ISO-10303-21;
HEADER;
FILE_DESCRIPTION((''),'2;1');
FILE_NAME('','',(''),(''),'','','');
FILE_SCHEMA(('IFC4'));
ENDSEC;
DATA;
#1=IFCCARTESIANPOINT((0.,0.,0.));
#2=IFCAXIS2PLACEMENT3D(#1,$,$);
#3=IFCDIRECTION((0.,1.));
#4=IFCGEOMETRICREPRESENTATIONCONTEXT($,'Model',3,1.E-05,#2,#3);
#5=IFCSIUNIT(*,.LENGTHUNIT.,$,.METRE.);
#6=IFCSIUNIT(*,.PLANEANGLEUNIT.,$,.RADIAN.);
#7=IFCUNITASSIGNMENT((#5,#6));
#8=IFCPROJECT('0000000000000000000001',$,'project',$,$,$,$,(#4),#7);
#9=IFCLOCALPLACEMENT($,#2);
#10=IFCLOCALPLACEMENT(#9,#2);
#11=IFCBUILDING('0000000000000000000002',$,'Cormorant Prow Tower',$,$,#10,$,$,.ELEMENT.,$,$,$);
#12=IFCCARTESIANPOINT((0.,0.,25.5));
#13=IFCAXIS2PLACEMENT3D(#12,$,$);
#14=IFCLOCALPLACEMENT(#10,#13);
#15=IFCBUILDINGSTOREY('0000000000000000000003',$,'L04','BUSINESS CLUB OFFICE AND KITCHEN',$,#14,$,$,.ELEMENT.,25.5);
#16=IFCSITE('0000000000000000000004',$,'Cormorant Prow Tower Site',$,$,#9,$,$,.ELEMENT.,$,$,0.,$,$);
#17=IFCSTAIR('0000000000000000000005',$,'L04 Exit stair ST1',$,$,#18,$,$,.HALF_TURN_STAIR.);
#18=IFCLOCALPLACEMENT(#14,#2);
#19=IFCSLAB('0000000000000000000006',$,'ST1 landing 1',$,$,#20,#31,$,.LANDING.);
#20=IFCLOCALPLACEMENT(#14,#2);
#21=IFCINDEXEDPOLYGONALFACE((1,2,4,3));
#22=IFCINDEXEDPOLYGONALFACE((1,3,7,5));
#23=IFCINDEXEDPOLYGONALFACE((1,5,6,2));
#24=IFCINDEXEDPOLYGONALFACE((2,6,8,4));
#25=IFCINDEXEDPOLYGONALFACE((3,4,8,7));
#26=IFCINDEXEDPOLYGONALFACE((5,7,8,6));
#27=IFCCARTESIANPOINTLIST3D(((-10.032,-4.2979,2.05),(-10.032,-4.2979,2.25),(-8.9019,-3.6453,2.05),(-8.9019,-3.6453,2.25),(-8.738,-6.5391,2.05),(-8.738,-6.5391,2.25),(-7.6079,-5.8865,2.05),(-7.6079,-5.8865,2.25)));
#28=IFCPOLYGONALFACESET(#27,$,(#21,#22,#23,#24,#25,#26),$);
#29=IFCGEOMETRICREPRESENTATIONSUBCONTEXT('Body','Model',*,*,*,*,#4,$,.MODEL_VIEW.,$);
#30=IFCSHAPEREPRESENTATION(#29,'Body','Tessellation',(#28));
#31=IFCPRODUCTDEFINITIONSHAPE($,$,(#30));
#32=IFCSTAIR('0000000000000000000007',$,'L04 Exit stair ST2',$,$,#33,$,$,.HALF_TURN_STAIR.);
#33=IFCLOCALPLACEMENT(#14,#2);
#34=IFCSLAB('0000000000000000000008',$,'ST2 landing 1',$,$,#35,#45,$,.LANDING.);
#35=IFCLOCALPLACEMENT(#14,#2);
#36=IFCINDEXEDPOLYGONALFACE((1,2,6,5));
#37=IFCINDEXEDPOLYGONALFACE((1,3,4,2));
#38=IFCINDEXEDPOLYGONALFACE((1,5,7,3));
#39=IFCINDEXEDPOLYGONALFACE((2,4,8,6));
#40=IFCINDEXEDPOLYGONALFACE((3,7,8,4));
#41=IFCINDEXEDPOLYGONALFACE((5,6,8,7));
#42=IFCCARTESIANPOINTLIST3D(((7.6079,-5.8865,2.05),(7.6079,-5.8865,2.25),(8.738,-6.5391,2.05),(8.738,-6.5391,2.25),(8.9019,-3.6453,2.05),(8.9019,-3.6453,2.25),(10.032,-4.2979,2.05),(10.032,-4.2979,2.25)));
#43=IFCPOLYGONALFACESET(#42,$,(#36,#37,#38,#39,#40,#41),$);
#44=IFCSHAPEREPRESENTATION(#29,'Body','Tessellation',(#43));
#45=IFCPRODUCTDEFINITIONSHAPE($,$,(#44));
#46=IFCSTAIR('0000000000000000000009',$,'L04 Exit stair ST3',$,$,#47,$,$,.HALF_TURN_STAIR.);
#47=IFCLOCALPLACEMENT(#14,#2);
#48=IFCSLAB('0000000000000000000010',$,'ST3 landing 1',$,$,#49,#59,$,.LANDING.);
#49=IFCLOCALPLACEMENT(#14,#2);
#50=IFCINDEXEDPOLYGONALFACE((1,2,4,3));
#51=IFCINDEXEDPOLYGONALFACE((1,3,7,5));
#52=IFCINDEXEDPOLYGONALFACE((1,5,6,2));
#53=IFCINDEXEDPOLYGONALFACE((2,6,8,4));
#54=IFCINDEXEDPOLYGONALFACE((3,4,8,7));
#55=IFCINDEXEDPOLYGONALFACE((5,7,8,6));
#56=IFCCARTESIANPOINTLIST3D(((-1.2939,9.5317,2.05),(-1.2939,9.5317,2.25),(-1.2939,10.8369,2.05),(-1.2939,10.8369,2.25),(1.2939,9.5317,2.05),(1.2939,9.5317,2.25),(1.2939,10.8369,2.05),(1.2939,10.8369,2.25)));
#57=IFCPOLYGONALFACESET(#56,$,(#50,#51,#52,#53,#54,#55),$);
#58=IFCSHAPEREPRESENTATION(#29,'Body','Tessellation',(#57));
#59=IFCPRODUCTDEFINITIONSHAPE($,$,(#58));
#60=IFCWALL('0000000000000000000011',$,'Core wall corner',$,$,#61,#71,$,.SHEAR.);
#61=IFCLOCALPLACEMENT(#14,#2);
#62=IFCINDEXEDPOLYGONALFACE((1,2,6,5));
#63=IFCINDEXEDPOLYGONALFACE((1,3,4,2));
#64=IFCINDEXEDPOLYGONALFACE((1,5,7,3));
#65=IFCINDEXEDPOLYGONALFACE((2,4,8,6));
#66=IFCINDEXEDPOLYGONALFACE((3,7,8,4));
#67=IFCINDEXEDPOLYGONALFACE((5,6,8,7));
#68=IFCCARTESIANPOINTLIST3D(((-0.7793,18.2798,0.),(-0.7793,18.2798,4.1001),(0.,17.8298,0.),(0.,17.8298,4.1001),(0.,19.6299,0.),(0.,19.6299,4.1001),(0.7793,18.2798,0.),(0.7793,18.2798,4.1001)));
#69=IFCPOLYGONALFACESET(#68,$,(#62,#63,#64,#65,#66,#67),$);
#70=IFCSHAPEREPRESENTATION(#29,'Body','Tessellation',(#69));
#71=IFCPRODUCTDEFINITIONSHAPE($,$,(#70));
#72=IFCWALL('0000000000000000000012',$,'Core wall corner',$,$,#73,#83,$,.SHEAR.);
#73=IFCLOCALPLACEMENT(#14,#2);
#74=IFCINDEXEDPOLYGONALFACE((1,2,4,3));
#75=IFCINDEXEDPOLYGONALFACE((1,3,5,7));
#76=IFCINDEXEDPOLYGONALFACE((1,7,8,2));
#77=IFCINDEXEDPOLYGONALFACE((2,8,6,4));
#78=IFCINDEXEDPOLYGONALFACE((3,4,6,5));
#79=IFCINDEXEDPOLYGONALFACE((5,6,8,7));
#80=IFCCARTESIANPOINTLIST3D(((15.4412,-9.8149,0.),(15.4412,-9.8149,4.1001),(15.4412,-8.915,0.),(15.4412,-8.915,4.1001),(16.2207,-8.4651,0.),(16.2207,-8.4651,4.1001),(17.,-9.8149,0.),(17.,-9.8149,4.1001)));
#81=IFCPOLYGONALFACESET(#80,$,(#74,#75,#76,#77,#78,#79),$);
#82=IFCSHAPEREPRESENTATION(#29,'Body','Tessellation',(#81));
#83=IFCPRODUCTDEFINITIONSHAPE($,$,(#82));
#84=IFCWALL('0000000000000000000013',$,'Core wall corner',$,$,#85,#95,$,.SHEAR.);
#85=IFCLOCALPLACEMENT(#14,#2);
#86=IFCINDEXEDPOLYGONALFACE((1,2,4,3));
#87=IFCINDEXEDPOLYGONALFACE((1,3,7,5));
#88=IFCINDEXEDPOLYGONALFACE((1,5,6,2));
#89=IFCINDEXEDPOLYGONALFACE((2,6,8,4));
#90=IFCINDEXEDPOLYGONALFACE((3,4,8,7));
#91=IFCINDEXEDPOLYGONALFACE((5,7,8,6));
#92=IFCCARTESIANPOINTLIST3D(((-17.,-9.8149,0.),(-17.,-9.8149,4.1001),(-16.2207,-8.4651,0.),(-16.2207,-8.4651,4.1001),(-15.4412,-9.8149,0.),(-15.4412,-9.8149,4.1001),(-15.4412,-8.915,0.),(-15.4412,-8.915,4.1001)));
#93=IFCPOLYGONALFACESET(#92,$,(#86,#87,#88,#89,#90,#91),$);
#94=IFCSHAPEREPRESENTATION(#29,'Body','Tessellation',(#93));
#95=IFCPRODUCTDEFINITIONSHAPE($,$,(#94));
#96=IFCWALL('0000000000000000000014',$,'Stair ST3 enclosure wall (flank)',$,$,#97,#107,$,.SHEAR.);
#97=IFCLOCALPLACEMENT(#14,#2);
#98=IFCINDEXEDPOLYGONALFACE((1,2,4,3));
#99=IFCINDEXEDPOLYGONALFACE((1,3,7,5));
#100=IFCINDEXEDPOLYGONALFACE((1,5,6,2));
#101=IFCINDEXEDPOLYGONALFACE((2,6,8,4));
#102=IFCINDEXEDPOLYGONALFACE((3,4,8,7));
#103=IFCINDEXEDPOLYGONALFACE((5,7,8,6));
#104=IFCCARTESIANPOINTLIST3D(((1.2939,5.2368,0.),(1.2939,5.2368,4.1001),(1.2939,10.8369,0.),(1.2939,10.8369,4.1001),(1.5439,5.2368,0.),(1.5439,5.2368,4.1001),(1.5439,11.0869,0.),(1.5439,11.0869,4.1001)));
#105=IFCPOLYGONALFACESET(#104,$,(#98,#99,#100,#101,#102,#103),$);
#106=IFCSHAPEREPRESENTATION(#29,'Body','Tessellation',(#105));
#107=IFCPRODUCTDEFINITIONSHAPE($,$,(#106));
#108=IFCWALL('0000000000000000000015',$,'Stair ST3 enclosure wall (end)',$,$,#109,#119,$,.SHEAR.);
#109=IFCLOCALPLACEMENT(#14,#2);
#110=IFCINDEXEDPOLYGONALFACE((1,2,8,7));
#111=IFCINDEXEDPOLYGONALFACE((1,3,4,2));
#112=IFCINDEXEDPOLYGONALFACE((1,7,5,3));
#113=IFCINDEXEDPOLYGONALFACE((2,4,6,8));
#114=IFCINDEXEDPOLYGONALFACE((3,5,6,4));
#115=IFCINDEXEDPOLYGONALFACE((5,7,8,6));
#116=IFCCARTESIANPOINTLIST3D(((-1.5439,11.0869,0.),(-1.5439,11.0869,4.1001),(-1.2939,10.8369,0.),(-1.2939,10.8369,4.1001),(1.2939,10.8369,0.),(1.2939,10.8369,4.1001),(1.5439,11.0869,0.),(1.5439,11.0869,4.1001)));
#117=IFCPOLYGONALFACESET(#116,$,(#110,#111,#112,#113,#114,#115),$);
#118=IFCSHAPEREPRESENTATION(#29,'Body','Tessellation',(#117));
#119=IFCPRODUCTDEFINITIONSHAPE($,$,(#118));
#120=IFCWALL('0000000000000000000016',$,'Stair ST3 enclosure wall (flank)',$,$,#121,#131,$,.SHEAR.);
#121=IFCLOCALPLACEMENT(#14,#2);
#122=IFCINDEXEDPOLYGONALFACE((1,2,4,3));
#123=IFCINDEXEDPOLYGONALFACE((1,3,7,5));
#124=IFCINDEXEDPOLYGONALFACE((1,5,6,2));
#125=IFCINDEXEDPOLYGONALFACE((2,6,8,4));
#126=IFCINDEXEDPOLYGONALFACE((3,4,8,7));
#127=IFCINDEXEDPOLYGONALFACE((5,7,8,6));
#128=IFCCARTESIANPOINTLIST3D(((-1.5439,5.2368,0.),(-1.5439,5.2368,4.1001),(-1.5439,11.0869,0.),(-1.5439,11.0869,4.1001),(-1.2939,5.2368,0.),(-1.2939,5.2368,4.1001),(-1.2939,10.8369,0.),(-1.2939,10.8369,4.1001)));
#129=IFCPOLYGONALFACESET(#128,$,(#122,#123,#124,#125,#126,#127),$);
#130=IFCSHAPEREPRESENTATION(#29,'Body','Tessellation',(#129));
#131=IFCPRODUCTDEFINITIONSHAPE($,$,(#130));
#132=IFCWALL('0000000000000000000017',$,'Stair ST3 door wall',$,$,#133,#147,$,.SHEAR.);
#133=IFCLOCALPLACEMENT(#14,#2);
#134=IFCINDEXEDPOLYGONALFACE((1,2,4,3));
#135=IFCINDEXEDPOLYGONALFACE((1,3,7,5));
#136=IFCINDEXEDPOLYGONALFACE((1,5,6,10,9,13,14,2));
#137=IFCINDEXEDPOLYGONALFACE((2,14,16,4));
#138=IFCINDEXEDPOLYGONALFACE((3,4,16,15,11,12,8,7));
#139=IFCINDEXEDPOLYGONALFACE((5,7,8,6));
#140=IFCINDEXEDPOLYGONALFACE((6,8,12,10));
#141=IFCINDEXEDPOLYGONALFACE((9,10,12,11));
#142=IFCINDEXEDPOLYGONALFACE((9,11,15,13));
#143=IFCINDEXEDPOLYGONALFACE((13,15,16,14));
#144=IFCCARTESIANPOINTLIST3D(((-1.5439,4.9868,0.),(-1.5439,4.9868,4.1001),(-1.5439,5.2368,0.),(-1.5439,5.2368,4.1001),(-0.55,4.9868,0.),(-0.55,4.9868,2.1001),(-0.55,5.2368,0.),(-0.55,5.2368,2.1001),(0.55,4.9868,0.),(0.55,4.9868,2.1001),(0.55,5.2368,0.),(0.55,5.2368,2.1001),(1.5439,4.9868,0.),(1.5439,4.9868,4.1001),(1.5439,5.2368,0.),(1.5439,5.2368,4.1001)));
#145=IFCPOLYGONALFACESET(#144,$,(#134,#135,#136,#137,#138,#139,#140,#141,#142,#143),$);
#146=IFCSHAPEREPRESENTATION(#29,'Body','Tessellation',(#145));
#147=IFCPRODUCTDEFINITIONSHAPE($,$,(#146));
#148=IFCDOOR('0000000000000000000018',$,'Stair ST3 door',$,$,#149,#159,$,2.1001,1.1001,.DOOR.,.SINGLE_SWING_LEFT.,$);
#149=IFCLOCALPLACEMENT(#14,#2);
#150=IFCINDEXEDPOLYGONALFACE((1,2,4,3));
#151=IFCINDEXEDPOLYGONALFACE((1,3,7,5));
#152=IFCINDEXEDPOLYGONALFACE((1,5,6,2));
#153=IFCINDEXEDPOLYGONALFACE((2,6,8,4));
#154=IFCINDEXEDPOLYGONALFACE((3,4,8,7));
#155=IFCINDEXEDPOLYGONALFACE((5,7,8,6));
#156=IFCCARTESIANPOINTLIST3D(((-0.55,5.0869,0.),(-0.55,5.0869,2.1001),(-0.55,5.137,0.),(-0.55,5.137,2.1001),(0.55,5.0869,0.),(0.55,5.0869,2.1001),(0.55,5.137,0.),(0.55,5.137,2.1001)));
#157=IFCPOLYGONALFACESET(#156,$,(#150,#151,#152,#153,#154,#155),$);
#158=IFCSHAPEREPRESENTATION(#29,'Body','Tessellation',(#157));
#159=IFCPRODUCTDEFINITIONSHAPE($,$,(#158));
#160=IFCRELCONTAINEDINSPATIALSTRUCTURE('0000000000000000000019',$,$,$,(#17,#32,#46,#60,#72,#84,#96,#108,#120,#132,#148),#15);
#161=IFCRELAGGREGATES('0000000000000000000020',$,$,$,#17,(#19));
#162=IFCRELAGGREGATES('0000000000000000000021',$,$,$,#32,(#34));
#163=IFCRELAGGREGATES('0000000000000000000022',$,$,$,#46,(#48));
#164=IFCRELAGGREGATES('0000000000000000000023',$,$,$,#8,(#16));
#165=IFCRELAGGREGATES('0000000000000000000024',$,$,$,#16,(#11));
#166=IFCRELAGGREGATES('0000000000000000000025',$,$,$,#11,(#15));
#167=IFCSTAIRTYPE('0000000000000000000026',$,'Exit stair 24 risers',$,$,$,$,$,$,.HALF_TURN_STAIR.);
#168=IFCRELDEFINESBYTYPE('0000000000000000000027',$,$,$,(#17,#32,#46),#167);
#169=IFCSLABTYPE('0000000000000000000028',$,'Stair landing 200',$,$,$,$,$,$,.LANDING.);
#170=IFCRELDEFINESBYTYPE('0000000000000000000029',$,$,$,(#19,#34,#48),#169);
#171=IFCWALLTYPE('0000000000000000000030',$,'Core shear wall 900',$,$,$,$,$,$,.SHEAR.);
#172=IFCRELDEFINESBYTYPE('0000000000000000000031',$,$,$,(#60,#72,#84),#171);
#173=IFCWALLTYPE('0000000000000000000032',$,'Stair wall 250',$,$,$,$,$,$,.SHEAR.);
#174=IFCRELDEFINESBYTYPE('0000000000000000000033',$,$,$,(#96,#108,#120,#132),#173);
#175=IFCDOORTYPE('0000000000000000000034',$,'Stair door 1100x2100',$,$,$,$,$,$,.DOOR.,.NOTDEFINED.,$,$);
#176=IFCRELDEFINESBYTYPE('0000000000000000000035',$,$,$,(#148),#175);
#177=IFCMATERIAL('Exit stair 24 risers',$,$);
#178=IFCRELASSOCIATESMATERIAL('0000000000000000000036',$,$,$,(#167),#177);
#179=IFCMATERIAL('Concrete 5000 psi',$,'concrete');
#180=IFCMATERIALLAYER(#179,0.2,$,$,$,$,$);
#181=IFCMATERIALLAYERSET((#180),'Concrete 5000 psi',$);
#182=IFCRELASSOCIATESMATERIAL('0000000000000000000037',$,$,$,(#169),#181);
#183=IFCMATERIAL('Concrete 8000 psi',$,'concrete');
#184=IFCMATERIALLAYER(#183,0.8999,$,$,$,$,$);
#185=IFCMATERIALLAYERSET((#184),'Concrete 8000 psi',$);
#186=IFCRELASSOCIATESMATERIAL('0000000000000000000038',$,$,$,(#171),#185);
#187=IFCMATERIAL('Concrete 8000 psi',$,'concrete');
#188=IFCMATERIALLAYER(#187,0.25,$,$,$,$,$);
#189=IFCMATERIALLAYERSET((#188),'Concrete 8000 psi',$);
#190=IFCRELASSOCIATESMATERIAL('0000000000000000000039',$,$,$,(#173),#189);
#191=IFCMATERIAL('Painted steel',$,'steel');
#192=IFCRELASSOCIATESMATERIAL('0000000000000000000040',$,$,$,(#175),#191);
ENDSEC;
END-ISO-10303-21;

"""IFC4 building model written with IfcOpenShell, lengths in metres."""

from ifc_helpers import new_model, si_unit, direction, frame, frame_2d, origin, place, context, subcontext, project, spatial, polyline, rectangle, outline, extrude, material, layer, layer_set, type_object, element, fill, aggregate, save


model = new_model("IFC4")

# Units and contexts
model_context = context("Model", 3, precision=1e-05, world=origin(), true_north=direction((0.0, 1.0)))
body_context = subcontext(model_context, "Body", "Model", "MODEL_VIEW")
ifc_project = project(units=[si_unit("LENGTHUNIT", "METRE"), si_unit("PLANEANGLEUNIT", "RADIAN")], contexts=[model_context])

# Site, building, storey
site_placement = place(None, origin())
site = spatial("IfcSite", under=ifc_project, at=site_placement, Name="Cormorant Prow Tower Site", CompositionType="ELEMENT", RefElevation=0.0)
building_placement = place(site_placement, origin())
building = spatial("IfcBuilding", under=site, at=building_placement, Name="Cormorant Prow Tower", CompositionType="ELEMENT")
storey_placement = place(building_placement, frame((0.0, 0.0, 25.5)))
storey = spatial("IfcBuildingStorey", under=building, at=storey_placement, Name="L04", Description="BUSINESS CLUB OFFICE AND KITCHEN", CompositionType="ELEMENT", Elevation=25.5)

# Stairs, slabs
ifc_material_1 = material(Name="Exit stair 24 risers")
stair_type = type_object("IfcStairType", Name="Exit stair 24 risers", PredefinedType="HALF_TURN_STAIR", material=ifc_material_1)
stair_1_placement = place(storey_placement, origin())
stair_1 = element("IfcStair", 1, at=stair_1_placement, inside=storey, type_object=stair_type, Name="L04 Exit stair ST1", PredefinedType="HALF_TURN_STAIR")
ifc_material_2 = material(Name="Concrete 5000 psi", Category="concrete")
ifc_layer_1 = layer(ifc_material_2, 0.2)
ifc_layer_set_1 = layer_set([ifc_layer_1], Name="Concrete 5000 psi")
slab_type = type_object("IfcSlabType", Name="Stair landing 200", PredefinedType="LANDING", material=ifc_layer_set_1)
slab_1_placement = place(storey_placement, frame((0.0, 0.0, 2.05)))
slab_1 = element("IfcSlab", 2, at=slab_1_placement, type_object=slab_type, Name="ST1 landing 1", PredefinedType="LANDING", context=body_context, shape_type="SweptSolid", body=[
    extrude(outline(polyline([(-8.9019, -3.6453), (-10.032, -4.2979), (-8.738, -6.5391), (-7.6079, -5.8865), (-8.9019, -3.6453)])), origin(), (0.0, 0.0, 1.0), 0.2),
])
aggregate(stair_1, [slab_1])
stair_2_placement = place(storey_placement, origin())
stair_2 = element("IfcStair", 3, at=stair_2_placement, inside=storey, type_object=stair_type, Name="L04 Exit stair ST2", PredefinedType="HALF_TURN_STAIR")
slab_2_placement = place(storey_placement, frame((0.0, 0.0, 2.05)))
slab_2 = element("IfcSlab", 4, at=slab_2_placement, type_object=slab_type, Name="ST2 landing 1", PredefinedType="LANDING", context=body_context, shape_type="SweptSolid", body=[
    extrude(outline(polyline([(7.6079, -5.8865), (8.738, -6.5391), (10.032, -4.2979), (8.9019, -3.6453), (7.6079, -5.8865)])), origin(), (0.0, 0.0, 1.0), 0.2),
])
aggregate(stair_2, [slab_2])
stair_3_placement = place(storey_placement, origin())
stair_3 = element("IfcStair", 5, at=stair_3_placement, inside=storey, type_object=stair_type, Name="L04 Exit stair ST3", PredefinedType="HALF_TURN_STAIR")
slab_3_placement = place(storey_placement, frame((0.0, 0.0, 2.05)))
slab_3 = element("IfcSlab", 6, at=slab_3_placement, type_object=slab_type, Name="ST3 landing 1", PredefinedType="LANDING", context=body_context, shape_type="SweptSolid", body=[
    extrude(outline(polyline([(1.2939, 9.5317), (1.2939, 10.8369), (-1.2939, 10.8369), (-1.2939, 9.5317), (1.2939, 9.5317)])), origin(), (0.0, 0.0, 1.0), 0.2),
])
aggregate(stair_3, [slab_3])

# Walls
ifc_material_3 = material(Name="Concrete 8000 psi", Category="concrete")
ifc_layer_2 = layer(ifc_material_3, 0.8999)
ifc_layer_set_2 = layer_set([ifc_layer_2], Name="Concrete 8000 psi")
wall_type_1 = type_object("IfcWallType", Name="Core shear wall 900", PredefinedType="SHEAR", material=ifc_layer_set_2)
wall_1_placement = place(storey_placement, origin())
element("IfcWall", 7, at=wall_1_placement, inside=storey, type_object=wall_type_1, Name="Core wall corner", PredefinedType="SHEAR", context=body_context, shape_type="SweptSolid", body=[
    extrude(outline(polyline([(-0.7793, 18.2798), (0.0, 19.6299), (0.7793, 18.2798), (0.0, 17.8298), (-0.7793, 18.2798)])), origin(), (0.0, 0.0, 1.0), 4.1001),
])
wall_2_placement = place(storey_placement, origin())
element("IfcWall", 8, at=wall_2_placement, inside=storey, type_object=wall_type_1, Name="Core wall corner", PredefinedType="SHEAR", context=body_context, shape_type="SweptSolid", body=[
    extrude(outline(polyline([(15.4412, -9.8149), (15.4412, -8.915), (16.2207, -8.4651), (17.0, -9.8149), (15.4412, -9.8149)])), origin(), (0.0, 0.0, 1.0), 4.1001),
])
wall_3_placement = place(storey_placement, origin())
element("IfcWall", 9, at=wall_3_placement, inside=storey, type_object=wall_type_1, Name="Core wall corner", PredefinedType="SHEAR", context=body_context, shape_type="SweptSolid", body=[
    extrude(outline(polyline([(-16.2207, -8.4651), (-15.4412, -8.915), (-15.4412, -9.8149), (-17.0, -9.8149), (-16.2207, -8.4651)])), origin(), (0.0, 0.0, 1.0), 4.1001),
])
ifc_material_4 = material(Name="Concrete 8000 psi", Category="concrete")
ifc_layer_3 = layer(ifc_material_4, 0.25)
ifc_layer_set_3 = layer_set([ifc_layer_3], Name="Concrete 8000 psi")
wall_type_2 = type_object("IfcWallType", Name="Stair wall 250", PredefinedType="SHEAR", material=ifc_layer_set_3)
wall_4_placement = place(storey_placement, origin())
element("IfcWall", 10, at=wall_4_placement, inside=storey, type_object=wall_type_2, Name="Stair ST3 enclosure wall (flank)", PredefinedType="SHEAR", context=body_context, shape_type="SweptSolid", body=[
    extrude(outline(polyline([(1.5439, 5.2368), (1.5439, 11.0869), (1.2939, 10.8369), (1.2939, 5.2368), (1.5439, 5.2368)])), origin(), (0.0, 0.0, 1.0), 4.1001),
])
wall_5_placement = place(storey_placement, origin())
element("IfcWall", 11, at=wall_5_placement, inside=storey, type_object=wall_type_2, Name="Stair ST3 enclosure wall (end)", PredefinedType="SHEAR", context=body_context, shape_type="SweptSolid", body=[
    extrude(outline(polyline([(1.5439, 11.0869), (-1.5439, 11.0869), (-1.2939, 10.8369), (1.2939, 10.8369), (1.5439, 11.0869)])), origin(), (0.0, 0.0, 1.0), 4.1001),
])
wall_6_placement = place(storey_placement, origin())
element("IfcWall", 12, at=wall_6_placement, inside=storey, type_object=wall_type_2, Name="Stair ST3 enclosure wall (flank)", PredefinedType="SHEAR", context=body_context, shape_type="SweptSolid", body=[
    extrude(outline(polyline([(-1.2939, 10.8369), (-1.5439, 11.0869), (-1.5439, 5.2368), (-1.2939, 5.2368), (-1.2939, 10.8369)])), origin(), (0.0, 0.0, 1.0), 4.1001),
])

# Wall, opening, door
wall_7_placement = place(storey_placement, frame((1.5439, 5.1118, 0.0), z_axis=(0.0, 0.0, 1.0), x_axis=(-1.0, 0.0, 0.0)))
wall_7 = element("IfcWall", 13, at=wall_7_placement, inside=storey, type_object=wall_type_2, Name="Stair ST3 door wall", PredefinedType="SHEAR", context=body_context, shape_type="SweptSolid", body=[
    extrude(rectangle(XDim=3.0879, YDim=0.25, at=frame_2d((1.5439, 0.0))), origin(), (0.0, 0.0, 1.0), 4.1001),
])
opening_placement = place(wall_7_placement, frame((0.9939, 0.0, 0.0)))
opening = element("IfcOpeningElement", 14, at=opening_placement, cuts=wall_7, PredefinedType="OPENING", context=body_context, shape_type="SweptSolid", body=[
    extrude(rectangle(XDim=1.1001, YDim=2.1001, at=frame_2d((0.55, 1.05))), frame((0.0, 0.135, 0.0), z_axis=(0.0, -1.0, 0.0), x_axis=(1.0, 0.0, 0.0)), (0.0, 0.0, 1.0), 0.27),
])
ifc_material_5 = material(Name="Painted steel", Category="steel")
door_type = type_object("IfcDoorType", Name="Stair door 1100x2100", OperationType="NOTDEFINED", PredefinedType="DOOR", material=ifc_material_5)
door_placement = place(opening_placement, origin())
door = element("IfcDoor", 15, at=door_placement, inside=storey, type_object=door_type, Name="Stair ST3 door", OperationType="SINGLE_SWING_LEFT", OverallHeight=2.1001, OverallWidth=1.1001, PredefinedType="DOOR", context=body_context, shape_type="SweptSolid", body=[
    extrude(rectangle(XDim=1.1001, YDim=2.1001, at=frame_2d((0.55, 1.05))), frame((0.0, 0.0249, 0.0), z_axis=(0.0, -1.0, 0.0), x_axis=(1.0, 0.0, 0.0)), (0.0, 0.0, 1.0), 0.05),
])
fill(opening, door)

save(model, "model.ifc")
